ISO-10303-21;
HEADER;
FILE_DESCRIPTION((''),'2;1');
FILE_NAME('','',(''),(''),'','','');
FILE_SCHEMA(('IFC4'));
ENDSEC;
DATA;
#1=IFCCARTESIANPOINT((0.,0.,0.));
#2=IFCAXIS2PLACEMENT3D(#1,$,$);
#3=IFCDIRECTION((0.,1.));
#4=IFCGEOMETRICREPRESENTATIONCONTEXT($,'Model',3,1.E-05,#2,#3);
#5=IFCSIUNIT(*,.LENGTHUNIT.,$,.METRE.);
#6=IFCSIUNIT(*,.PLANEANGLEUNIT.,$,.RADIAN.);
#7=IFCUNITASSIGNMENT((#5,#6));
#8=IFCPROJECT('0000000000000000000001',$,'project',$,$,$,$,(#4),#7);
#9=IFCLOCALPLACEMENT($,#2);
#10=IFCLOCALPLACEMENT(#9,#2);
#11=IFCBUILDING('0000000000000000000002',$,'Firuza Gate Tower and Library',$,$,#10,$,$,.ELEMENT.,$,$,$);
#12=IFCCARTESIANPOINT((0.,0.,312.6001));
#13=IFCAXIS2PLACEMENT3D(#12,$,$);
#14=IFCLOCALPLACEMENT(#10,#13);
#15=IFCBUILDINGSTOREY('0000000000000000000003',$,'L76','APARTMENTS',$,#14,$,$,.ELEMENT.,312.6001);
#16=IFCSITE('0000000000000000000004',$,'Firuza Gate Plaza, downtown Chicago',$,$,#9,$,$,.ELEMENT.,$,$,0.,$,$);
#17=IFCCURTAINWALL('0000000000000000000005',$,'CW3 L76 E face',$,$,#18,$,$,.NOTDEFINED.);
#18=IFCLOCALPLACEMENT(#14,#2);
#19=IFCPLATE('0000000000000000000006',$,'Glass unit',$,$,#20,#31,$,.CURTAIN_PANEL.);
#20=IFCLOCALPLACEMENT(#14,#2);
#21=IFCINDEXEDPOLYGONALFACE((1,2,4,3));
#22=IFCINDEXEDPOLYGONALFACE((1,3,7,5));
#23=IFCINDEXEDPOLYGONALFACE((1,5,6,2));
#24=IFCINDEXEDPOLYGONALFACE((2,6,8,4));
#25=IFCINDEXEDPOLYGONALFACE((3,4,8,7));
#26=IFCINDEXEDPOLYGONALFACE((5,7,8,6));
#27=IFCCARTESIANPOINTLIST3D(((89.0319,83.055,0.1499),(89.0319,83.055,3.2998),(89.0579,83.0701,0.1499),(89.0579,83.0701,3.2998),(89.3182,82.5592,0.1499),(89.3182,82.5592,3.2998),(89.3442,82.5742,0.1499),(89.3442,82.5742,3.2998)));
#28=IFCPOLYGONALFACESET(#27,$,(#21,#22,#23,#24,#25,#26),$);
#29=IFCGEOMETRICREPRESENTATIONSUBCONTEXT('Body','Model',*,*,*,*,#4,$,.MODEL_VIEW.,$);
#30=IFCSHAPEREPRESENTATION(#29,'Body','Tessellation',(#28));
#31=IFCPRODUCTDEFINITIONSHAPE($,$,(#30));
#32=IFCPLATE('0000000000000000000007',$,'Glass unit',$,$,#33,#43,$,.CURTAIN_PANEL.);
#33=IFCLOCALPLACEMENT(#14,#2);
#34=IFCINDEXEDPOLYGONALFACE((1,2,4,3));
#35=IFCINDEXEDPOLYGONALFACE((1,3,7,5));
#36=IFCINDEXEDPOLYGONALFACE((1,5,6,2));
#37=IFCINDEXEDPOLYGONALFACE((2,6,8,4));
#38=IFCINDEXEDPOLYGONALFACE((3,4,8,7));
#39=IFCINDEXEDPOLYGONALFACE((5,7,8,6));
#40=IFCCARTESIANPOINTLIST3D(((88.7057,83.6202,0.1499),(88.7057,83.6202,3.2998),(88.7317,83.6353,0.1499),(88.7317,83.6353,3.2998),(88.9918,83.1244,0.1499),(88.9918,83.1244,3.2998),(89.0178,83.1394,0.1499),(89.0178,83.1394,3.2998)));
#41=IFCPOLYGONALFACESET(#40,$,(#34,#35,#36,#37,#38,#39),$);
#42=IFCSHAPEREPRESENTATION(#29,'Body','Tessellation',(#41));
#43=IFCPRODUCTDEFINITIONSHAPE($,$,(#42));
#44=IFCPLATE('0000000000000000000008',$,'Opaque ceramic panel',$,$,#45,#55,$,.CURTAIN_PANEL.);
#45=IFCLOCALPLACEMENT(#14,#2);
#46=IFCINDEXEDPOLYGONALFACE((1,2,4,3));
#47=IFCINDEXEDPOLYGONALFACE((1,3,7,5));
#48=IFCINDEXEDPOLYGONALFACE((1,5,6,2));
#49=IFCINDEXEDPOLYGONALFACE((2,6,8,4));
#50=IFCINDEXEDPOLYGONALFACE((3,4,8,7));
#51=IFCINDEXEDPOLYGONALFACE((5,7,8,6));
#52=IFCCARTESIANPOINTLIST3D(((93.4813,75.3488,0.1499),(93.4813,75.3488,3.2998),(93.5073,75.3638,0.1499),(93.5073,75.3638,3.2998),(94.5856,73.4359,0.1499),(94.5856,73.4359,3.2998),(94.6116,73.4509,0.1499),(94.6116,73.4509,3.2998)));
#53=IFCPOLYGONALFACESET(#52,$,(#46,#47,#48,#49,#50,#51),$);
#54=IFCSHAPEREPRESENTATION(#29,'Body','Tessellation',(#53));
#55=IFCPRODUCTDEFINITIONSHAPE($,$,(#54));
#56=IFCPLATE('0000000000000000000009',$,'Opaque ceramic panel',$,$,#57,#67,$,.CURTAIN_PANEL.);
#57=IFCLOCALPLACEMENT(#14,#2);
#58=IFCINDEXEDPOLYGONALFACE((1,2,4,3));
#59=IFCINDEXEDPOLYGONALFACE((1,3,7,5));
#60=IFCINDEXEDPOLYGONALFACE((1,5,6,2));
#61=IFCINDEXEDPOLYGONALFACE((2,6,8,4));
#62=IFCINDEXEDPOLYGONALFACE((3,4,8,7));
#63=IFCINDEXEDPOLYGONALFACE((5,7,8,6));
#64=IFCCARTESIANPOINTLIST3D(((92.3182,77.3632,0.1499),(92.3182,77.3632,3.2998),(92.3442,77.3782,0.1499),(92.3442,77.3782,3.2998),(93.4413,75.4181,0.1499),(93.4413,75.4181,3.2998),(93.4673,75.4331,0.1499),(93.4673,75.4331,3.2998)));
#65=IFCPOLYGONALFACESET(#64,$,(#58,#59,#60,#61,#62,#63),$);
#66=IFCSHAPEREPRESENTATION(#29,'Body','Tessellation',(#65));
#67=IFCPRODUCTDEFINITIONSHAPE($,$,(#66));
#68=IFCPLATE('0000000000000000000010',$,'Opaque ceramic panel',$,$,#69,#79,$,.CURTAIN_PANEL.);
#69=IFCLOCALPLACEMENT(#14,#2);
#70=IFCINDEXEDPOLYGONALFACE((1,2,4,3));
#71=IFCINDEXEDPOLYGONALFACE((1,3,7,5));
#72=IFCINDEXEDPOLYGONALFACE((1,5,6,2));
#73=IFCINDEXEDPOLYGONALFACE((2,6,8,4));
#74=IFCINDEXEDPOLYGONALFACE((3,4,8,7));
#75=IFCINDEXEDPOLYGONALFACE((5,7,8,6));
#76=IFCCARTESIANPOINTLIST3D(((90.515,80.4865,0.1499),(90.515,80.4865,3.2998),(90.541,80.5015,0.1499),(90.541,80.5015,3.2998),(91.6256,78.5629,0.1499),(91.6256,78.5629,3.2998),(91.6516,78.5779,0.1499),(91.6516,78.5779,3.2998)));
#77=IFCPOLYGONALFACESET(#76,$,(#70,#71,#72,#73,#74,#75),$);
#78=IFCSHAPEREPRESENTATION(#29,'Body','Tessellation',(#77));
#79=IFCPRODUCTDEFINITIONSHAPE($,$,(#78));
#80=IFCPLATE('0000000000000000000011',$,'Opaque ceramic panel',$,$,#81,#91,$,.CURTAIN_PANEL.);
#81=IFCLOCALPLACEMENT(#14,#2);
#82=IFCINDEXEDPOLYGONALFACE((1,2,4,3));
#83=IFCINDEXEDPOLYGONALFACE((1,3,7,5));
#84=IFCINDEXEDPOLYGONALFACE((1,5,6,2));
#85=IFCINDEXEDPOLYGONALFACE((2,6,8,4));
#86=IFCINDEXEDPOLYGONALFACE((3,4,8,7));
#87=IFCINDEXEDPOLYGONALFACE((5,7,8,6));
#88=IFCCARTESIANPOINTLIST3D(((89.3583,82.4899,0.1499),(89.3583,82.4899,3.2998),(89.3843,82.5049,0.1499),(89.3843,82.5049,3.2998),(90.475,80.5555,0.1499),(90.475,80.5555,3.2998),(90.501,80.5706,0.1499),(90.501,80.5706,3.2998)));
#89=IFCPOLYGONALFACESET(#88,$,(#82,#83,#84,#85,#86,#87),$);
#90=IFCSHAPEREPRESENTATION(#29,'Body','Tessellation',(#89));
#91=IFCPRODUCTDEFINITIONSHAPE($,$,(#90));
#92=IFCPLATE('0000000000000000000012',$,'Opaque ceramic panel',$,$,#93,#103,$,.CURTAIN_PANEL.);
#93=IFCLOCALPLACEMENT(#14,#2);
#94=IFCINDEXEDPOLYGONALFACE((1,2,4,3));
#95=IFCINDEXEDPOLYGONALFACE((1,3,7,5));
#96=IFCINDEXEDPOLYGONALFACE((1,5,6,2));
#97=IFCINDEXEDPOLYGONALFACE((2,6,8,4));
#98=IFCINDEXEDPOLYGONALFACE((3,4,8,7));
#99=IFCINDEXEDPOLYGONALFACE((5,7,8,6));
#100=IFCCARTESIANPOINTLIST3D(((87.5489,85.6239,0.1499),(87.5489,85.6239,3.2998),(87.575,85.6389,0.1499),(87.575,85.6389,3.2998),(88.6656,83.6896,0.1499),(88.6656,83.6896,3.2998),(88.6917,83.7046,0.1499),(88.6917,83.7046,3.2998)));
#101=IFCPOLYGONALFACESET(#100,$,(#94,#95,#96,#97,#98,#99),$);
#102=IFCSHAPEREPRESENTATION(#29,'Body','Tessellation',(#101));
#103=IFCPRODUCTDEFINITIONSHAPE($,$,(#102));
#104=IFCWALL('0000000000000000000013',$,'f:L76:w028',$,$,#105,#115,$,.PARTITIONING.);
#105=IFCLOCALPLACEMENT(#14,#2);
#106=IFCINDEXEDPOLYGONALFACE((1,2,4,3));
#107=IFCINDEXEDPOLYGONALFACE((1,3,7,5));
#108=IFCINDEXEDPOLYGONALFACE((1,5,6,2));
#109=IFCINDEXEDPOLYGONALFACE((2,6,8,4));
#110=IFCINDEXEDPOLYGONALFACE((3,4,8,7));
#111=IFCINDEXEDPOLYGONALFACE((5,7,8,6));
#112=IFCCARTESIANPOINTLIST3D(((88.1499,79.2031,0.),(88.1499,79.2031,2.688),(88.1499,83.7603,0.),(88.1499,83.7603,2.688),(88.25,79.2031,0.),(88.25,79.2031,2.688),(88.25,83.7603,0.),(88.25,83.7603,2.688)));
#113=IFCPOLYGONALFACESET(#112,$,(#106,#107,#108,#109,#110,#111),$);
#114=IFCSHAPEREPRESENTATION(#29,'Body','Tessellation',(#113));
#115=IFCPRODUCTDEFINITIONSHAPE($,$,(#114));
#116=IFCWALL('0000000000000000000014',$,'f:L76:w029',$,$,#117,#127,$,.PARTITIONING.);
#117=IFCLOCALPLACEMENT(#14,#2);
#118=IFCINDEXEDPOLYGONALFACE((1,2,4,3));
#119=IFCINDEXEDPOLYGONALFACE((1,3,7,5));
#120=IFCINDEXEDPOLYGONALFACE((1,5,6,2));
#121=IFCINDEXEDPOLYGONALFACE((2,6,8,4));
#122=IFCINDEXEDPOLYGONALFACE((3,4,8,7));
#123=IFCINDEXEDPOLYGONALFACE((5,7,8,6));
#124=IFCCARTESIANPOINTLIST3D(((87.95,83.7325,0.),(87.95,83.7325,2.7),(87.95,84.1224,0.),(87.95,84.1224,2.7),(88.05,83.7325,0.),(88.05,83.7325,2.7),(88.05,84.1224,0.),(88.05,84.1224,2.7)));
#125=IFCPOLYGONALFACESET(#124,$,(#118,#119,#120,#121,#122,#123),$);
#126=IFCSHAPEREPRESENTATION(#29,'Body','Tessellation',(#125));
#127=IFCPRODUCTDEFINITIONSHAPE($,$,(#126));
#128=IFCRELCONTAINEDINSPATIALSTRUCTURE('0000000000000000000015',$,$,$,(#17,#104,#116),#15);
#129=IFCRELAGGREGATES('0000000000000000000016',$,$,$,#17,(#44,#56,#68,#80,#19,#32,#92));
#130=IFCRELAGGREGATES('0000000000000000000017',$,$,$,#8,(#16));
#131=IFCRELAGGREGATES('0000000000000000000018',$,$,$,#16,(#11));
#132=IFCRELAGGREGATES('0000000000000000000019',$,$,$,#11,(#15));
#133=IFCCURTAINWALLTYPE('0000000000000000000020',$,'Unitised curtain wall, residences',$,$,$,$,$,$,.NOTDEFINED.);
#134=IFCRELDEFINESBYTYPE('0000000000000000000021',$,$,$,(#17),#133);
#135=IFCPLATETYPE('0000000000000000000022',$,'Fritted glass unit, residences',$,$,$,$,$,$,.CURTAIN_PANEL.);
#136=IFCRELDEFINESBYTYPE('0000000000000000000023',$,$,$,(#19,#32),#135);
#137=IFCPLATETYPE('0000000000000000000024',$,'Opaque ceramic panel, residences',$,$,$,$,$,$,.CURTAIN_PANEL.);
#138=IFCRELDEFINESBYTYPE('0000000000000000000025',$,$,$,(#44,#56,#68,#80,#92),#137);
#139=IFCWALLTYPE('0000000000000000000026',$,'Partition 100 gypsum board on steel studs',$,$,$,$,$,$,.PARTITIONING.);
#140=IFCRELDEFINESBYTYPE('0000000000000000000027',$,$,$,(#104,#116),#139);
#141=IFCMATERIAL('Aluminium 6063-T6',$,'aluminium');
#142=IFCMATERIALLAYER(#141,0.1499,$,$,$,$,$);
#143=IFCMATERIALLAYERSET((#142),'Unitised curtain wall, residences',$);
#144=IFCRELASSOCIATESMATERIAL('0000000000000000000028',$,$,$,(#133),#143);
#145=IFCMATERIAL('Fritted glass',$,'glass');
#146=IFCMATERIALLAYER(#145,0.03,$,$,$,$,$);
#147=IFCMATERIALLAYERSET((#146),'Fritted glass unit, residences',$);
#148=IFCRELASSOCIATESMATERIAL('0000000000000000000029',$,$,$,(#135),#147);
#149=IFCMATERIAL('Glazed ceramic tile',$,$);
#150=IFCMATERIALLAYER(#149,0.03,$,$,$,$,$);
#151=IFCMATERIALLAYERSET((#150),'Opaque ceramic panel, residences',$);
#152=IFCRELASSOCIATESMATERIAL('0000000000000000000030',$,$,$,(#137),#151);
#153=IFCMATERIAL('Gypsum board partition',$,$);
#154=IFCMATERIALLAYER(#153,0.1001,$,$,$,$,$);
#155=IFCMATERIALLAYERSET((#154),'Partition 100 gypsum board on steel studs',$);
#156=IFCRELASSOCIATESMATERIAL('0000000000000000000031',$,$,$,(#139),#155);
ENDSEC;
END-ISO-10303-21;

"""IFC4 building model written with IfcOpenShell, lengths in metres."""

from ifc_helpers import new_model, si_unit, direction, frame, frame_2d, origin, place, context, subcontext, project, spatial, polyline, rectangle, outline, extrude, material, layer, layer_set, type_object, element, aggregate, save


model = new_model("IFC4")

# Units and contexts
model_context = context("Model", 3, precision=1e-05, world=origin(), true_north=direction((0.0, 1.0)))
body_context = subcontext(model_context, "Body", "Model", "MODEL_VIEW")
ifc_project = project(units=[si_unit("LENGTHUNIT", "METRE"), si_unit("PLANEANGLEUNIT", "RADIAN")], contexts=[model_context])

# Site, building, storey
site_placement = place(None, origin())
site = spatial("IfcSite", under=ifc_project, at=site_placement, Name="Firuza Gate Plaza, downtown Chicago", CompositionType="ELEMENT", RefElevation=0.0)
building_placement = place(site_placement, origin())
building = spatial("IfcBuilding", under=site, at=building_placement, Name="Firuza Gate Tower and Library", CompositionType="ELEMENT")
storey_placement = place(building_placement, frame((0.0, 0.0, 312.6001)))
storey = spatial("IfcBuildingStorey", under=building, at=storey_placement, Name="L76", Description="APARTMENTS", CompositionType="ELEMENT", Elevation=312.6001)

# Curtain wall
ifc_material_1 = material(Name="Aluminium 6063-T6", Category="aluminium")
ifc_layer_1 = layer(ifc_material_1, 0.1499)
ifc_layer_set_1 = layer_set([ifc_layer_1], Name="Unitised curtain wall, residences")
curtain_wall_type = type_object("IfcCurtainWallType", Name="Unitised curtain wall, residences", PredefinedType="NOTDEFINED", material=ifc_layer_set_1)
curtain_wall_placement = place(storey_placement, origin())
curtain_wall = element("IfcCurtainWall", 1, at=curtain_wall_placement, inside=storey, type_object=curtain_wall_type, Name="CW3 L76 E face", PredefinedType="NOTDEFINED")

# Plates
ifc_material_2 = material(Name="Fritted glass", Category="glass")
ifc_layer_2 = layer(ifc_material_2, 0.03)
ifc_layer_set_2 = layer_set([ifc_layer_2], Name="Fritted glass unit, residences")
plate_type_1 = type_object("IfcPlateType", Name="Fritted glass unit, residences", PredefinedType="CURTAIN_PANEL", material=ifc_layer_set_2)
plate_1_placement = place(storey_placement, frame((89.3442, 82.5742, 0.1499), z_axis=(0.865951, 0.500128, 0.0), x_axis=(-0.500128, 0.865951, 0.0)))
plate_1 = element("IfcPlate", 2, at=plate_1_placement, type_object=plate_type_1, Name="Glass unit", PredefinedType="CURTAIN_PANEL", context=body_context, shape_type="SweptSolid", body=[
    extrude(outline(polyline([(0.0, 0.0), (0.5726, 0.0), (0.5726, 3.1499), (0.0, 3.1499), (0.0, 0.0)])), origin(), (0.0, 0.0, -1.0), 0.03),
])
plate_2_placement = place(storey_placement, frame((89.0178, 83.1394, 0.1499), z_axis=(0.866136, 0.499809, 0.0), x_axis=(-0.499809, 0.866136, 0.0)))
plate_2 = element("IfcPlate", 3, at=plate_2_placement, type_object=plate_type_1, Name="Glass unit", PredefinedType="CURTAIN_PANEL", context=body_context, shape_type="SweptSolid", body=[
    extrude(outline(polyline([(0.0, 0.0), (0.5725, 0.0), (0.5725, 3.1499), (0.0, 3.1499), (0.0, 0.0)])), origin(), (0.0, 0.0, -1.0), 0.03),
])
ifc_material_3 = material(Name="Glazed ceramic tile")
ifc_layer_3 = layer(ifc_material_3, 0.03)
ifc_layer_set_3 = layer_set([ifc_layer_3], Name="Opaque ceramic panel, residences")
plate_type_2 = type_object("IfcPlateType", Name="Opaque ceramic panel, residences", PredefinedType="CURTAIN_PANEL", material=ifc_layer_set_3)
plate_3_placement = place(storey_placement, frame((94.6116, 73.4509, 0.1499), z_axis=(0.866051, 0.499955, 0.0), x_axis=(-0.499955, 0.866051, 0.0)))
plate_3 = element("IfcPlate", 4, at=plate_3_placement, type_object=plate_type_2, Name="Opaque ceramic panel", PredefinedType="CURTAIN_PANEL", context=body_context, shape_type="SweptSolid", body=[
    extrude(outline(polyline([(0.0, 0.0), (2.2087, 0.0), (2.2087, 3.1499), (0.0, 3.1499), (0.0, 0.0)])), origin(), (0.0, 0.0, -1.0), 0.03),
])
plate_4_placement = place(storey_placement, frame((93.4673, 75.4331, 0.1499), z_axis=(0.866014, 0.50002, 0.0), x_axis=(-0.50002, 0.866014, 0.0)))
plate_4 = element("IfcPlate", 5, at=plate_4_placement, type_object=plate_type_2, Name="Opaque ceramic panel", PredefinedType="CURTAIN_PANEL", context=body_context, shape_type="SweptSolid", body=[
    extrude(outline(polyline([(0.0, 0.0), (2.246, 0.0), (2.246, 3.1499), (0.0, 3.1499), (0.0, 0.0)])), origin(), (0.0, 0.0, -1.0), 0.03),
])
plate_5_placement = place(storey_placement, frame((91.6516, 78.5779, 0.1499), z_axis=(0.866023, 0.500005, 0.0), x_axis=(-0.500005, 0.866023, 0.0)))
plate_5 = element("IfcPlate", 6, at=plate_5_placement, type_object=plate_type_2, Name="Opaque ceramic panel", PredefinedType="CURTAIN_PANEL", context=body_context, shape_type="SweptSolid", body=[
    extrude(outline(polyline([(0.0, 0.0), (2.2212, 0.0), (2.2212, 3.1499), (0.0, 3.1499), (0.0, 0.0)])), origin(), (0.0, 0.0, -1.0), 0.03),
])
plate_6_placement = place(storey_placement, frame((90.501, 80.5706, 0.1499), z_axis=(0.866042, 0.499972, 0.0), x_axis=(-0.499972, 0.866042, 0.0)))
plate_6 = element("IfcPlate", 7, at=plate_6_placement, type_object=plate_type_2, Name="Opaque ceramic panel", PredefinedType="CURTAIN_PANEL", context=body_context, shape_type="SweptSolid", body=[
    extrude(outline(polyline([(0.0, 0.0), (2.2335, 0.0), (2.2335, 3.1499), (0.0, 3.1499), (0.0, 0.0)])), origin(), (0.0, 0.0, -1.0), 0.03),
])
plate_7_placement = place(storey_placement, frame((88.6917, 83.7046, 0.1499), z_axis=(0.866042, 0.499972, 0.0), x_axis=(-0.499972, 0.866042, 0.0)))
plate_7 = element("IfcPlate", 8, at=plate_7_placement, type_object=plate_type_2, Name="Opaque ceramic panel", PredefinedType="CURTAIN_PANEL", context=body_context, shape_type="SweptSolid", body=[
    extrude(outline(polyline([(0.0, 0.0), (2.2335, 0.0), (2.2335, 3.1499), (0.0, 3.1499), (0.0, 0.0)])), origin(), (0.0, 0.0, -1.0), 0.03),
])
aggregate(curtain_wall, [plate_3, plate_4, plate_5, plate_6, plate_1, plate_2, plate_7])

# Walls
ifc_material_4 = material(Name="Gypsum board partition")
ifc_layer_4 = layer(ifc_material_4, 0.1001)
ifc_layer_set_4 = layer_set([ifc_layer_4], Name="Partition 100 gypsum board on steel studs")
wall_type = type_object("IfcWallType", Name="Partition 100 gypsum board on steel studs", PredefinedType="PARTITIONING", material=ifc_layer_set_4)
wall_1_placement = place(storey_placement, frame((88.2, 79.2031, 0.0), z_axis=(0.0, 0.0, 1.0), x_axis=(0.0, 1.0, 0.0)))
element("IfcWall", 9, at=wall_1_placement, inside=storey, type_object=wall_type, Name="f:L76:w028", PredefinedType="PARTITIONING", context=body_context, shape_type="SweptSolid", body=[
    extrude(rectangle(XDim=4.5571, YDim=0.1001, at=frame_2d((2.2786, 0.0))), origin(), (0.0, 0.0, 1.0), 2.688),
])
wall_2_placement = place(storey_placement, frame((88.0, 83.7327, 0.0), z_axis=(0.0, 0.0, 1.0), x_axis=(0.0, 1.0, 0.0)))
element("IfcWall", 10, at=wall_2_placement, inside=storey, type_object=wall_type, Name="f:L76:w029", PredefinedType="PARTITIONING", context=body_context, shape_type="SweptSolid", body=[
    extrude(rectangle(XDim=0.3899, YDim=0.1001, at=frame_2d((0.1948, 0.0))), origin(), (0.0, 0.0, 1.0), 2.7),
])

save(model, "model.ifc")
